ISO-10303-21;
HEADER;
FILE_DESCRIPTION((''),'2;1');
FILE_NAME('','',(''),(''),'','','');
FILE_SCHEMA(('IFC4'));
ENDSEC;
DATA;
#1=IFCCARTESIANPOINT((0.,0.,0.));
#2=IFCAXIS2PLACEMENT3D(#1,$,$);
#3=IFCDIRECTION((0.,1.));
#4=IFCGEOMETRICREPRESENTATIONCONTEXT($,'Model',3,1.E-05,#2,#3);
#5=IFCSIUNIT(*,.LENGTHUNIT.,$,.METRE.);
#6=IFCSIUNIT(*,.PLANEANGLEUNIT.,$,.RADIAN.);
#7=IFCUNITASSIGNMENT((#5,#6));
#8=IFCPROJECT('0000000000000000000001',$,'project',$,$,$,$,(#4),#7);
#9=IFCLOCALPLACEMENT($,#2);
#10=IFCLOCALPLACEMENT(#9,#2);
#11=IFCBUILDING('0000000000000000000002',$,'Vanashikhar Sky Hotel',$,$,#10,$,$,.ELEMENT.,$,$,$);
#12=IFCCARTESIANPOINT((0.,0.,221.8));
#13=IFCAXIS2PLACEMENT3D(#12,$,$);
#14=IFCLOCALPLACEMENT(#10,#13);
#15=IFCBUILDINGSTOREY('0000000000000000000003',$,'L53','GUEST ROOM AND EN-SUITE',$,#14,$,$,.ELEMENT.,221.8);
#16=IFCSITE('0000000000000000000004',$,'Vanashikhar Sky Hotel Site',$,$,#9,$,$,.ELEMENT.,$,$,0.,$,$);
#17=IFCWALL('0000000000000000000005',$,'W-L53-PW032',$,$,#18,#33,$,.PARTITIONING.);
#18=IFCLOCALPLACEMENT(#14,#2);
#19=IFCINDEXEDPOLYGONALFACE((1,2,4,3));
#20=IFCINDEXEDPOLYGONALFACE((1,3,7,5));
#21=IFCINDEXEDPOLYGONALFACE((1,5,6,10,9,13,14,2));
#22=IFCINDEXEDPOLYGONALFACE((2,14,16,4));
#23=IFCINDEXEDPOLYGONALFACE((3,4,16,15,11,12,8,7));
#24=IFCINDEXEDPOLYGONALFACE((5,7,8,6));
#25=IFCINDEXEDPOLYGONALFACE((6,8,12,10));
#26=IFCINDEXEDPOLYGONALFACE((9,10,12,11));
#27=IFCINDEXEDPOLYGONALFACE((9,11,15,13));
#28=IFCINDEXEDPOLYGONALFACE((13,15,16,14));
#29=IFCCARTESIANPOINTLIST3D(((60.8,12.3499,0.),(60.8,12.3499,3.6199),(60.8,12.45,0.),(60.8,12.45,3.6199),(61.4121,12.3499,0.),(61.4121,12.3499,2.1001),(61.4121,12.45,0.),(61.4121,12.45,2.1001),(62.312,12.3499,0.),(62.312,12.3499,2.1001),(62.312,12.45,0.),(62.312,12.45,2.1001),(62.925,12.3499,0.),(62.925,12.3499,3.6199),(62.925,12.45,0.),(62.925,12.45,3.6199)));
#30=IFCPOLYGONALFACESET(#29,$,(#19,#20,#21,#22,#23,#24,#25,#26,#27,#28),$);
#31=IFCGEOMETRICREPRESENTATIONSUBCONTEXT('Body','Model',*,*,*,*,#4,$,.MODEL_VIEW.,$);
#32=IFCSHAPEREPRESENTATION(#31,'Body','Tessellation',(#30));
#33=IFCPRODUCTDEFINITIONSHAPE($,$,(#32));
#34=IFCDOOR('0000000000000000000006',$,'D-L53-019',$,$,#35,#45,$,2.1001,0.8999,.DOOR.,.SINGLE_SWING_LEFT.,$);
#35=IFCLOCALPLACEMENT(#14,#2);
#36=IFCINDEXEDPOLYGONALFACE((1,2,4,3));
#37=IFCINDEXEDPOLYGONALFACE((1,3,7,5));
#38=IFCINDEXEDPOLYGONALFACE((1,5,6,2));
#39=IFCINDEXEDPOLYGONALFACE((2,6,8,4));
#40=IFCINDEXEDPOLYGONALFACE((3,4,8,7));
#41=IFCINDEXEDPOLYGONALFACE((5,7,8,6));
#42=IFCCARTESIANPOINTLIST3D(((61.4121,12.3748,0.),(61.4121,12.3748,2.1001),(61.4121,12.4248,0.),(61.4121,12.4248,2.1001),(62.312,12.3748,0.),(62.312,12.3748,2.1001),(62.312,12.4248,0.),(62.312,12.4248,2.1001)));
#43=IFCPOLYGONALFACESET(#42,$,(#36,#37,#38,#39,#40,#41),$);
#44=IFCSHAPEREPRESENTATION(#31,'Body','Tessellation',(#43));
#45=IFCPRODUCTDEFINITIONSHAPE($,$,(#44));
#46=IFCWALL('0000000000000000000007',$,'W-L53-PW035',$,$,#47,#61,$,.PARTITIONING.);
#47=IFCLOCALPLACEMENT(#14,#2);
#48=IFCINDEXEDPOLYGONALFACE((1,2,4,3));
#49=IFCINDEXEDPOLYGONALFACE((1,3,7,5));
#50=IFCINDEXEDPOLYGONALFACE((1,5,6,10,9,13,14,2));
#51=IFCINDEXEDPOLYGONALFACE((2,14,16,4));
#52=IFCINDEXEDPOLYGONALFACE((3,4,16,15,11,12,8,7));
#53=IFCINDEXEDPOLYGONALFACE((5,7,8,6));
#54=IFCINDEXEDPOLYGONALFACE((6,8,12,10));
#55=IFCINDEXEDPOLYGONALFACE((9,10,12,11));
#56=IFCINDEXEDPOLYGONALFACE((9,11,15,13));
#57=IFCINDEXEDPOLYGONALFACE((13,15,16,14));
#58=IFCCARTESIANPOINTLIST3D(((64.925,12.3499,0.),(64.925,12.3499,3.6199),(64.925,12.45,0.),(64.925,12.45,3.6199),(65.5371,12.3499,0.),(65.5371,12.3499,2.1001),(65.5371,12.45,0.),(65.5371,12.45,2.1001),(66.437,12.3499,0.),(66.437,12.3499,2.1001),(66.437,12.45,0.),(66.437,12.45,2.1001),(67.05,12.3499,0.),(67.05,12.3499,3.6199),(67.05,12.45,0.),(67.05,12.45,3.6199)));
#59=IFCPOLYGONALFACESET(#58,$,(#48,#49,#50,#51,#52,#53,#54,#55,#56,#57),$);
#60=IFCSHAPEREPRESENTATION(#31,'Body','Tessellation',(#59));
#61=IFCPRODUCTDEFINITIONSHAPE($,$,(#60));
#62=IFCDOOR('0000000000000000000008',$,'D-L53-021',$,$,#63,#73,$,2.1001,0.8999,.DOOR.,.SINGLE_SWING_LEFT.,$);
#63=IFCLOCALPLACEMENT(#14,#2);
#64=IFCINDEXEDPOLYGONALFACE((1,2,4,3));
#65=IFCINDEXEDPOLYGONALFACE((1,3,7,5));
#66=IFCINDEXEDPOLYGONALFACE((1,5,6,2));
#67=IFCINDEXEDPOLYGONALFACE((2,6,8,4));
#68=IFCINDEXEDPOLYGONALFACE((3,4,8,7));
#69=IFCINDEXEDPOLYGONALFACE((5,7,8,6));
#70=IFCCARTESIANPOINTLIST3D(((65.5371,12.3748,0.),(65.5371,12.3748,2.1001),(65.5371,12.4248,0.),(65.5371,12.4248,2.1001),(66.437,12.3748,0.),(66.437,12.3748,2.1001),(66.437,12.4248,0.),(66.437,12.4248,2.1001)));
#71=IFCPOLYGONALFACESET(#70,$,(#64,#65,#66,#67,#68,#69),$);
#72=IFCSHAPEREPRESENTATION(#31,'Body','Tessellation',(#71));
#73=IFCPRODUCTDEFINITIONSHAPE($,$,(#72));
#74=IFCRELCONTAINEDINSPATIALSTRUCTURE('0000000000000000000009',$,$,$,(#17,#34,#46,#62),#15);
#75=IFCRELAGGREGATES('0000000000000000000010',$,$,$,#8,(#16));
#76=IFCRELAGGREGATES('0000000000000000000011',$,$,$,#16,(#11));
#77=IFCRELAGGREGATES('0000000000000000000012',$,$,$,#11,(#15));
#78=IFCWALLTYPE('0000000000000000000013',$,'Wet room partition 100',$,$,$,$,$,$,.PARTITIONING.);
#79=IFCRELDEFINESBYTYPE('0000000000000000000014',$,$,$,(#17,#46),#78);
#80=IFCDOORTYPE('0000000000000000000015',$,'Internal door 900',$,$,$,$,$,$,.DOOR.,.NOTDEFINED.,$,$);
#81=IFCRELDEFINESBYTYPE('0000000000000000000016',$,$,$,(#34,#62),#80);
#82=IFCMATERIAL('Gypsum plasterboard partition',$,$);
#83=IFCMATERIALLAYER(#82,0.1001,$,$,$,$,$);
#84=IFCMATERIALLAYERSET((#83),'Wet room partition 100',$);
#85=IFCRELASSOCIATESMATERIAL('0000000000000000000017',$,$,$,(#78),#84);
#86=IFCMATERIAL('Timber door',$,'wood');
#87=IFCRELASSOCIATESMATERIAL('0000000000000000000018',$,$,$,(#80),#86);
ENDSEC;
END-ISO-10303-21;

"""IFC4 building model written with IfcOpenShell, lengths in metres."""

from ifc_helpers import new_model, si_unit, direction, frame, frame_2d, origin, place, context, subcontext, project, spatial, rectangle, extrude, source, transform, mapped, material, layer, layer_set, type_object, element, fill, save


model = new_model("IFC4")

# Units and contexts
model_context = context("Model", 3, precision=1e-05, world=origin(), true_north=direction((0.0, 1.0)))
body_context = subcontext(model_context, "Body", "Model", "MODEL_VIEW")
ifc_project = project(units=[si_unit("LENGTHUNIT", "METRE"), si_unit("PLANEANGLEUNIT", "RADIAN")], contexts=[model_context])

# Site, building, storey
site_placement = place(None, origin())
site = spatial("IfcSite", under=ifc_project, at=site_placement, Name="Vanashikhar Sky Hotel Site", CompositionType="ELEMENT", RefElevation=0.0)
building_placement = place(site_placement, origin())
building = spatial("IfcBuilding", under=site, at=building_placement, Name="Vanashikhar Sky Hotel", CompositionType="ELEMENT")
storey_placement = place(building_placement, frame((0.0, 0.0, 221.8)))
storey = spatial("IfcBuildingStorey", under=building, at=storey_placement, Name="L53", Description="GUEST ROOM AND EN-SUITE", CompositionType="ELEMENT", Elevation=221.8)

# Shared definitions
ifc_material_1 = material(Name="Gypsum plasterboard partition")

# Shared definitions
ifc_layer_1 = layer(ifc_material_1, 0.1001)
ifc_layer_set_1 = layer_set([ifc_layer_1], Name="Wet room partition 100")
wall_type_1 = type_object("IfcWallType", Name="Wet room partition 100", PredefinedType="PARTITIONING", material=ifc_layer_set_1)

# Walls, openings, doors
shared_shape_1 = source(origin(), body_context, "Body", "SweptSolid", [
    extrude(rectangle(XDim=2.125, YDim=0.1001, at=frame_2d((1.0625, 0.0))), origin(), (0.0, 0.0, 1.0), 3.6199),
])
shared_shape_2 = source(origin(), body_context, "Body", "SweptSolid", [
    extrude(rectangle(XDim=0.8999, YDim=2.1001, at=frame_2d((0.45, 1.05))), frame((0.0, 0.0601, 0.0), z_axis=(0.0, -1.0, 0.0), x_axis=(1.0, 0.0, 0.0)), (0.0, 0.0, 1.0), 0.1201),
])
ifc_material_2 = material(Name="Timber door", Category="wood")
door_type_1 = type_object("IfcDoorType", Name="Internal door 900", OperationType="NOTDEFINED", PredefinedType="DOOR", material=ifc_material_2)
shared_shape_3 = source(origin(), body_context, "Body", "SweptSolid", [
    extrude(rectangle(XDim=0.8999, YDim=2.1001, at=frame_2d((0.45, 1.05))), frame((0.0, 0.0249, 0.0), z_axis=(0.0, -1.0, 0.0), x_axis=(1.0, 0.0, 0.0)), (0.0, 0.0, 1.0), 0.05),
])
wall_1_placement = place(storey_placement, frame((60.8, 12.3999, 0.0), z_axis=(0.0, 0.0, 1.0), x_axis=(1.0, 0.0, 0.0)))
wall_1 = element("IfcWall", 1, at=wall_1_placement, inside=storey, type_object=wall_type_1, Name="W-L53-PW032", PredefinedType="PARTITIONING", context=body_context, shape_type="MappedRepresentation", body=[
    mapped(shared_shape_1, transform((0.0, 0.0, 0.0), scale=1.0)),
])
opening_1_placement = place(wall_1_placement, frame((0.6121, 0.0, 0.0)))
opening_1 = element("IfcOpeningElement", 2, at=opening_1_placement, cuts=wall_1, PredefinedType="OPENING", context=body_context, shape_type="MappedRepresentation", body=[
    mapped(shared_shape_2, transform((0.0, 0.0, 0.0), scale=1.0)),
])
door_1_placement = place(opening_1_placement, origin())
door_1 = element("IfcDoor", 3, at=door_1_placement, inside=storey, type_object=door_type_1, Name="D-L53-019", OperationType="SINGLE_SWING_LEFT", OverallHeight=2.1001, OverallWidth=0.8999, PredefinedType="DOOR", context=body_context, shape_type="MappedRepresentation", body=[
    mapped(shared_shape_3, transform((0.0, 0.0, 0.0), scale=1.0)),
])
fill(opening_1, door_1)
wall_2_placement = place(storey_placement, frame((64.925, 12.3999, 0.0), z_axis=(0.0, 0.0, 1.0), x_axis=(1.0, 0.0, 0.0)))
wall_2 = element("IfcWall", 4, at=wall_2_placement, inside=storey, type_object=wall_type_1, Name="W-L53-PW035", PredefinedType="PARTITIONING", context=body_context, shape_type="MappedRepresentation", body=[
    mapped(shared_shape_1, transform((0.0, 0.0, 0.0), scale=1.0)),
])
opening_2_placement = place(wall_2_placement, frame((0.6121, 0.0, 0.0)))
opening_2 = element("IfcOpeningElement", 5, at=opening_2_placement, cuts=wall_2, PredefinedType="OPENING", context=body_context, shape_type="MappedRepresentation", body=[
    mapped(shared_shape_2, transform((0.0, 0.0, 0.0), scale=1.0)),
])
door_2_placement = place(opening_2_placement, origin())
door_2 = element("IfcDoor", 6, at=door_2_placement, inside=storey, type_object=door_type_1, Name="D-L53-021", OperationType="SINGLE_SWING_LEFT", OverallHeight=2.1001, OverallWidth=0.8999, PredefinedType="DOOR", context=body_context, shape_type="MappedRepresentation", body=[
    mapped(shared_shape_3, transform((0.0, 0.0, 0.0), scale=1.0)),
])
fill(opening_2, door_2)

save(model, "model.ifc")
